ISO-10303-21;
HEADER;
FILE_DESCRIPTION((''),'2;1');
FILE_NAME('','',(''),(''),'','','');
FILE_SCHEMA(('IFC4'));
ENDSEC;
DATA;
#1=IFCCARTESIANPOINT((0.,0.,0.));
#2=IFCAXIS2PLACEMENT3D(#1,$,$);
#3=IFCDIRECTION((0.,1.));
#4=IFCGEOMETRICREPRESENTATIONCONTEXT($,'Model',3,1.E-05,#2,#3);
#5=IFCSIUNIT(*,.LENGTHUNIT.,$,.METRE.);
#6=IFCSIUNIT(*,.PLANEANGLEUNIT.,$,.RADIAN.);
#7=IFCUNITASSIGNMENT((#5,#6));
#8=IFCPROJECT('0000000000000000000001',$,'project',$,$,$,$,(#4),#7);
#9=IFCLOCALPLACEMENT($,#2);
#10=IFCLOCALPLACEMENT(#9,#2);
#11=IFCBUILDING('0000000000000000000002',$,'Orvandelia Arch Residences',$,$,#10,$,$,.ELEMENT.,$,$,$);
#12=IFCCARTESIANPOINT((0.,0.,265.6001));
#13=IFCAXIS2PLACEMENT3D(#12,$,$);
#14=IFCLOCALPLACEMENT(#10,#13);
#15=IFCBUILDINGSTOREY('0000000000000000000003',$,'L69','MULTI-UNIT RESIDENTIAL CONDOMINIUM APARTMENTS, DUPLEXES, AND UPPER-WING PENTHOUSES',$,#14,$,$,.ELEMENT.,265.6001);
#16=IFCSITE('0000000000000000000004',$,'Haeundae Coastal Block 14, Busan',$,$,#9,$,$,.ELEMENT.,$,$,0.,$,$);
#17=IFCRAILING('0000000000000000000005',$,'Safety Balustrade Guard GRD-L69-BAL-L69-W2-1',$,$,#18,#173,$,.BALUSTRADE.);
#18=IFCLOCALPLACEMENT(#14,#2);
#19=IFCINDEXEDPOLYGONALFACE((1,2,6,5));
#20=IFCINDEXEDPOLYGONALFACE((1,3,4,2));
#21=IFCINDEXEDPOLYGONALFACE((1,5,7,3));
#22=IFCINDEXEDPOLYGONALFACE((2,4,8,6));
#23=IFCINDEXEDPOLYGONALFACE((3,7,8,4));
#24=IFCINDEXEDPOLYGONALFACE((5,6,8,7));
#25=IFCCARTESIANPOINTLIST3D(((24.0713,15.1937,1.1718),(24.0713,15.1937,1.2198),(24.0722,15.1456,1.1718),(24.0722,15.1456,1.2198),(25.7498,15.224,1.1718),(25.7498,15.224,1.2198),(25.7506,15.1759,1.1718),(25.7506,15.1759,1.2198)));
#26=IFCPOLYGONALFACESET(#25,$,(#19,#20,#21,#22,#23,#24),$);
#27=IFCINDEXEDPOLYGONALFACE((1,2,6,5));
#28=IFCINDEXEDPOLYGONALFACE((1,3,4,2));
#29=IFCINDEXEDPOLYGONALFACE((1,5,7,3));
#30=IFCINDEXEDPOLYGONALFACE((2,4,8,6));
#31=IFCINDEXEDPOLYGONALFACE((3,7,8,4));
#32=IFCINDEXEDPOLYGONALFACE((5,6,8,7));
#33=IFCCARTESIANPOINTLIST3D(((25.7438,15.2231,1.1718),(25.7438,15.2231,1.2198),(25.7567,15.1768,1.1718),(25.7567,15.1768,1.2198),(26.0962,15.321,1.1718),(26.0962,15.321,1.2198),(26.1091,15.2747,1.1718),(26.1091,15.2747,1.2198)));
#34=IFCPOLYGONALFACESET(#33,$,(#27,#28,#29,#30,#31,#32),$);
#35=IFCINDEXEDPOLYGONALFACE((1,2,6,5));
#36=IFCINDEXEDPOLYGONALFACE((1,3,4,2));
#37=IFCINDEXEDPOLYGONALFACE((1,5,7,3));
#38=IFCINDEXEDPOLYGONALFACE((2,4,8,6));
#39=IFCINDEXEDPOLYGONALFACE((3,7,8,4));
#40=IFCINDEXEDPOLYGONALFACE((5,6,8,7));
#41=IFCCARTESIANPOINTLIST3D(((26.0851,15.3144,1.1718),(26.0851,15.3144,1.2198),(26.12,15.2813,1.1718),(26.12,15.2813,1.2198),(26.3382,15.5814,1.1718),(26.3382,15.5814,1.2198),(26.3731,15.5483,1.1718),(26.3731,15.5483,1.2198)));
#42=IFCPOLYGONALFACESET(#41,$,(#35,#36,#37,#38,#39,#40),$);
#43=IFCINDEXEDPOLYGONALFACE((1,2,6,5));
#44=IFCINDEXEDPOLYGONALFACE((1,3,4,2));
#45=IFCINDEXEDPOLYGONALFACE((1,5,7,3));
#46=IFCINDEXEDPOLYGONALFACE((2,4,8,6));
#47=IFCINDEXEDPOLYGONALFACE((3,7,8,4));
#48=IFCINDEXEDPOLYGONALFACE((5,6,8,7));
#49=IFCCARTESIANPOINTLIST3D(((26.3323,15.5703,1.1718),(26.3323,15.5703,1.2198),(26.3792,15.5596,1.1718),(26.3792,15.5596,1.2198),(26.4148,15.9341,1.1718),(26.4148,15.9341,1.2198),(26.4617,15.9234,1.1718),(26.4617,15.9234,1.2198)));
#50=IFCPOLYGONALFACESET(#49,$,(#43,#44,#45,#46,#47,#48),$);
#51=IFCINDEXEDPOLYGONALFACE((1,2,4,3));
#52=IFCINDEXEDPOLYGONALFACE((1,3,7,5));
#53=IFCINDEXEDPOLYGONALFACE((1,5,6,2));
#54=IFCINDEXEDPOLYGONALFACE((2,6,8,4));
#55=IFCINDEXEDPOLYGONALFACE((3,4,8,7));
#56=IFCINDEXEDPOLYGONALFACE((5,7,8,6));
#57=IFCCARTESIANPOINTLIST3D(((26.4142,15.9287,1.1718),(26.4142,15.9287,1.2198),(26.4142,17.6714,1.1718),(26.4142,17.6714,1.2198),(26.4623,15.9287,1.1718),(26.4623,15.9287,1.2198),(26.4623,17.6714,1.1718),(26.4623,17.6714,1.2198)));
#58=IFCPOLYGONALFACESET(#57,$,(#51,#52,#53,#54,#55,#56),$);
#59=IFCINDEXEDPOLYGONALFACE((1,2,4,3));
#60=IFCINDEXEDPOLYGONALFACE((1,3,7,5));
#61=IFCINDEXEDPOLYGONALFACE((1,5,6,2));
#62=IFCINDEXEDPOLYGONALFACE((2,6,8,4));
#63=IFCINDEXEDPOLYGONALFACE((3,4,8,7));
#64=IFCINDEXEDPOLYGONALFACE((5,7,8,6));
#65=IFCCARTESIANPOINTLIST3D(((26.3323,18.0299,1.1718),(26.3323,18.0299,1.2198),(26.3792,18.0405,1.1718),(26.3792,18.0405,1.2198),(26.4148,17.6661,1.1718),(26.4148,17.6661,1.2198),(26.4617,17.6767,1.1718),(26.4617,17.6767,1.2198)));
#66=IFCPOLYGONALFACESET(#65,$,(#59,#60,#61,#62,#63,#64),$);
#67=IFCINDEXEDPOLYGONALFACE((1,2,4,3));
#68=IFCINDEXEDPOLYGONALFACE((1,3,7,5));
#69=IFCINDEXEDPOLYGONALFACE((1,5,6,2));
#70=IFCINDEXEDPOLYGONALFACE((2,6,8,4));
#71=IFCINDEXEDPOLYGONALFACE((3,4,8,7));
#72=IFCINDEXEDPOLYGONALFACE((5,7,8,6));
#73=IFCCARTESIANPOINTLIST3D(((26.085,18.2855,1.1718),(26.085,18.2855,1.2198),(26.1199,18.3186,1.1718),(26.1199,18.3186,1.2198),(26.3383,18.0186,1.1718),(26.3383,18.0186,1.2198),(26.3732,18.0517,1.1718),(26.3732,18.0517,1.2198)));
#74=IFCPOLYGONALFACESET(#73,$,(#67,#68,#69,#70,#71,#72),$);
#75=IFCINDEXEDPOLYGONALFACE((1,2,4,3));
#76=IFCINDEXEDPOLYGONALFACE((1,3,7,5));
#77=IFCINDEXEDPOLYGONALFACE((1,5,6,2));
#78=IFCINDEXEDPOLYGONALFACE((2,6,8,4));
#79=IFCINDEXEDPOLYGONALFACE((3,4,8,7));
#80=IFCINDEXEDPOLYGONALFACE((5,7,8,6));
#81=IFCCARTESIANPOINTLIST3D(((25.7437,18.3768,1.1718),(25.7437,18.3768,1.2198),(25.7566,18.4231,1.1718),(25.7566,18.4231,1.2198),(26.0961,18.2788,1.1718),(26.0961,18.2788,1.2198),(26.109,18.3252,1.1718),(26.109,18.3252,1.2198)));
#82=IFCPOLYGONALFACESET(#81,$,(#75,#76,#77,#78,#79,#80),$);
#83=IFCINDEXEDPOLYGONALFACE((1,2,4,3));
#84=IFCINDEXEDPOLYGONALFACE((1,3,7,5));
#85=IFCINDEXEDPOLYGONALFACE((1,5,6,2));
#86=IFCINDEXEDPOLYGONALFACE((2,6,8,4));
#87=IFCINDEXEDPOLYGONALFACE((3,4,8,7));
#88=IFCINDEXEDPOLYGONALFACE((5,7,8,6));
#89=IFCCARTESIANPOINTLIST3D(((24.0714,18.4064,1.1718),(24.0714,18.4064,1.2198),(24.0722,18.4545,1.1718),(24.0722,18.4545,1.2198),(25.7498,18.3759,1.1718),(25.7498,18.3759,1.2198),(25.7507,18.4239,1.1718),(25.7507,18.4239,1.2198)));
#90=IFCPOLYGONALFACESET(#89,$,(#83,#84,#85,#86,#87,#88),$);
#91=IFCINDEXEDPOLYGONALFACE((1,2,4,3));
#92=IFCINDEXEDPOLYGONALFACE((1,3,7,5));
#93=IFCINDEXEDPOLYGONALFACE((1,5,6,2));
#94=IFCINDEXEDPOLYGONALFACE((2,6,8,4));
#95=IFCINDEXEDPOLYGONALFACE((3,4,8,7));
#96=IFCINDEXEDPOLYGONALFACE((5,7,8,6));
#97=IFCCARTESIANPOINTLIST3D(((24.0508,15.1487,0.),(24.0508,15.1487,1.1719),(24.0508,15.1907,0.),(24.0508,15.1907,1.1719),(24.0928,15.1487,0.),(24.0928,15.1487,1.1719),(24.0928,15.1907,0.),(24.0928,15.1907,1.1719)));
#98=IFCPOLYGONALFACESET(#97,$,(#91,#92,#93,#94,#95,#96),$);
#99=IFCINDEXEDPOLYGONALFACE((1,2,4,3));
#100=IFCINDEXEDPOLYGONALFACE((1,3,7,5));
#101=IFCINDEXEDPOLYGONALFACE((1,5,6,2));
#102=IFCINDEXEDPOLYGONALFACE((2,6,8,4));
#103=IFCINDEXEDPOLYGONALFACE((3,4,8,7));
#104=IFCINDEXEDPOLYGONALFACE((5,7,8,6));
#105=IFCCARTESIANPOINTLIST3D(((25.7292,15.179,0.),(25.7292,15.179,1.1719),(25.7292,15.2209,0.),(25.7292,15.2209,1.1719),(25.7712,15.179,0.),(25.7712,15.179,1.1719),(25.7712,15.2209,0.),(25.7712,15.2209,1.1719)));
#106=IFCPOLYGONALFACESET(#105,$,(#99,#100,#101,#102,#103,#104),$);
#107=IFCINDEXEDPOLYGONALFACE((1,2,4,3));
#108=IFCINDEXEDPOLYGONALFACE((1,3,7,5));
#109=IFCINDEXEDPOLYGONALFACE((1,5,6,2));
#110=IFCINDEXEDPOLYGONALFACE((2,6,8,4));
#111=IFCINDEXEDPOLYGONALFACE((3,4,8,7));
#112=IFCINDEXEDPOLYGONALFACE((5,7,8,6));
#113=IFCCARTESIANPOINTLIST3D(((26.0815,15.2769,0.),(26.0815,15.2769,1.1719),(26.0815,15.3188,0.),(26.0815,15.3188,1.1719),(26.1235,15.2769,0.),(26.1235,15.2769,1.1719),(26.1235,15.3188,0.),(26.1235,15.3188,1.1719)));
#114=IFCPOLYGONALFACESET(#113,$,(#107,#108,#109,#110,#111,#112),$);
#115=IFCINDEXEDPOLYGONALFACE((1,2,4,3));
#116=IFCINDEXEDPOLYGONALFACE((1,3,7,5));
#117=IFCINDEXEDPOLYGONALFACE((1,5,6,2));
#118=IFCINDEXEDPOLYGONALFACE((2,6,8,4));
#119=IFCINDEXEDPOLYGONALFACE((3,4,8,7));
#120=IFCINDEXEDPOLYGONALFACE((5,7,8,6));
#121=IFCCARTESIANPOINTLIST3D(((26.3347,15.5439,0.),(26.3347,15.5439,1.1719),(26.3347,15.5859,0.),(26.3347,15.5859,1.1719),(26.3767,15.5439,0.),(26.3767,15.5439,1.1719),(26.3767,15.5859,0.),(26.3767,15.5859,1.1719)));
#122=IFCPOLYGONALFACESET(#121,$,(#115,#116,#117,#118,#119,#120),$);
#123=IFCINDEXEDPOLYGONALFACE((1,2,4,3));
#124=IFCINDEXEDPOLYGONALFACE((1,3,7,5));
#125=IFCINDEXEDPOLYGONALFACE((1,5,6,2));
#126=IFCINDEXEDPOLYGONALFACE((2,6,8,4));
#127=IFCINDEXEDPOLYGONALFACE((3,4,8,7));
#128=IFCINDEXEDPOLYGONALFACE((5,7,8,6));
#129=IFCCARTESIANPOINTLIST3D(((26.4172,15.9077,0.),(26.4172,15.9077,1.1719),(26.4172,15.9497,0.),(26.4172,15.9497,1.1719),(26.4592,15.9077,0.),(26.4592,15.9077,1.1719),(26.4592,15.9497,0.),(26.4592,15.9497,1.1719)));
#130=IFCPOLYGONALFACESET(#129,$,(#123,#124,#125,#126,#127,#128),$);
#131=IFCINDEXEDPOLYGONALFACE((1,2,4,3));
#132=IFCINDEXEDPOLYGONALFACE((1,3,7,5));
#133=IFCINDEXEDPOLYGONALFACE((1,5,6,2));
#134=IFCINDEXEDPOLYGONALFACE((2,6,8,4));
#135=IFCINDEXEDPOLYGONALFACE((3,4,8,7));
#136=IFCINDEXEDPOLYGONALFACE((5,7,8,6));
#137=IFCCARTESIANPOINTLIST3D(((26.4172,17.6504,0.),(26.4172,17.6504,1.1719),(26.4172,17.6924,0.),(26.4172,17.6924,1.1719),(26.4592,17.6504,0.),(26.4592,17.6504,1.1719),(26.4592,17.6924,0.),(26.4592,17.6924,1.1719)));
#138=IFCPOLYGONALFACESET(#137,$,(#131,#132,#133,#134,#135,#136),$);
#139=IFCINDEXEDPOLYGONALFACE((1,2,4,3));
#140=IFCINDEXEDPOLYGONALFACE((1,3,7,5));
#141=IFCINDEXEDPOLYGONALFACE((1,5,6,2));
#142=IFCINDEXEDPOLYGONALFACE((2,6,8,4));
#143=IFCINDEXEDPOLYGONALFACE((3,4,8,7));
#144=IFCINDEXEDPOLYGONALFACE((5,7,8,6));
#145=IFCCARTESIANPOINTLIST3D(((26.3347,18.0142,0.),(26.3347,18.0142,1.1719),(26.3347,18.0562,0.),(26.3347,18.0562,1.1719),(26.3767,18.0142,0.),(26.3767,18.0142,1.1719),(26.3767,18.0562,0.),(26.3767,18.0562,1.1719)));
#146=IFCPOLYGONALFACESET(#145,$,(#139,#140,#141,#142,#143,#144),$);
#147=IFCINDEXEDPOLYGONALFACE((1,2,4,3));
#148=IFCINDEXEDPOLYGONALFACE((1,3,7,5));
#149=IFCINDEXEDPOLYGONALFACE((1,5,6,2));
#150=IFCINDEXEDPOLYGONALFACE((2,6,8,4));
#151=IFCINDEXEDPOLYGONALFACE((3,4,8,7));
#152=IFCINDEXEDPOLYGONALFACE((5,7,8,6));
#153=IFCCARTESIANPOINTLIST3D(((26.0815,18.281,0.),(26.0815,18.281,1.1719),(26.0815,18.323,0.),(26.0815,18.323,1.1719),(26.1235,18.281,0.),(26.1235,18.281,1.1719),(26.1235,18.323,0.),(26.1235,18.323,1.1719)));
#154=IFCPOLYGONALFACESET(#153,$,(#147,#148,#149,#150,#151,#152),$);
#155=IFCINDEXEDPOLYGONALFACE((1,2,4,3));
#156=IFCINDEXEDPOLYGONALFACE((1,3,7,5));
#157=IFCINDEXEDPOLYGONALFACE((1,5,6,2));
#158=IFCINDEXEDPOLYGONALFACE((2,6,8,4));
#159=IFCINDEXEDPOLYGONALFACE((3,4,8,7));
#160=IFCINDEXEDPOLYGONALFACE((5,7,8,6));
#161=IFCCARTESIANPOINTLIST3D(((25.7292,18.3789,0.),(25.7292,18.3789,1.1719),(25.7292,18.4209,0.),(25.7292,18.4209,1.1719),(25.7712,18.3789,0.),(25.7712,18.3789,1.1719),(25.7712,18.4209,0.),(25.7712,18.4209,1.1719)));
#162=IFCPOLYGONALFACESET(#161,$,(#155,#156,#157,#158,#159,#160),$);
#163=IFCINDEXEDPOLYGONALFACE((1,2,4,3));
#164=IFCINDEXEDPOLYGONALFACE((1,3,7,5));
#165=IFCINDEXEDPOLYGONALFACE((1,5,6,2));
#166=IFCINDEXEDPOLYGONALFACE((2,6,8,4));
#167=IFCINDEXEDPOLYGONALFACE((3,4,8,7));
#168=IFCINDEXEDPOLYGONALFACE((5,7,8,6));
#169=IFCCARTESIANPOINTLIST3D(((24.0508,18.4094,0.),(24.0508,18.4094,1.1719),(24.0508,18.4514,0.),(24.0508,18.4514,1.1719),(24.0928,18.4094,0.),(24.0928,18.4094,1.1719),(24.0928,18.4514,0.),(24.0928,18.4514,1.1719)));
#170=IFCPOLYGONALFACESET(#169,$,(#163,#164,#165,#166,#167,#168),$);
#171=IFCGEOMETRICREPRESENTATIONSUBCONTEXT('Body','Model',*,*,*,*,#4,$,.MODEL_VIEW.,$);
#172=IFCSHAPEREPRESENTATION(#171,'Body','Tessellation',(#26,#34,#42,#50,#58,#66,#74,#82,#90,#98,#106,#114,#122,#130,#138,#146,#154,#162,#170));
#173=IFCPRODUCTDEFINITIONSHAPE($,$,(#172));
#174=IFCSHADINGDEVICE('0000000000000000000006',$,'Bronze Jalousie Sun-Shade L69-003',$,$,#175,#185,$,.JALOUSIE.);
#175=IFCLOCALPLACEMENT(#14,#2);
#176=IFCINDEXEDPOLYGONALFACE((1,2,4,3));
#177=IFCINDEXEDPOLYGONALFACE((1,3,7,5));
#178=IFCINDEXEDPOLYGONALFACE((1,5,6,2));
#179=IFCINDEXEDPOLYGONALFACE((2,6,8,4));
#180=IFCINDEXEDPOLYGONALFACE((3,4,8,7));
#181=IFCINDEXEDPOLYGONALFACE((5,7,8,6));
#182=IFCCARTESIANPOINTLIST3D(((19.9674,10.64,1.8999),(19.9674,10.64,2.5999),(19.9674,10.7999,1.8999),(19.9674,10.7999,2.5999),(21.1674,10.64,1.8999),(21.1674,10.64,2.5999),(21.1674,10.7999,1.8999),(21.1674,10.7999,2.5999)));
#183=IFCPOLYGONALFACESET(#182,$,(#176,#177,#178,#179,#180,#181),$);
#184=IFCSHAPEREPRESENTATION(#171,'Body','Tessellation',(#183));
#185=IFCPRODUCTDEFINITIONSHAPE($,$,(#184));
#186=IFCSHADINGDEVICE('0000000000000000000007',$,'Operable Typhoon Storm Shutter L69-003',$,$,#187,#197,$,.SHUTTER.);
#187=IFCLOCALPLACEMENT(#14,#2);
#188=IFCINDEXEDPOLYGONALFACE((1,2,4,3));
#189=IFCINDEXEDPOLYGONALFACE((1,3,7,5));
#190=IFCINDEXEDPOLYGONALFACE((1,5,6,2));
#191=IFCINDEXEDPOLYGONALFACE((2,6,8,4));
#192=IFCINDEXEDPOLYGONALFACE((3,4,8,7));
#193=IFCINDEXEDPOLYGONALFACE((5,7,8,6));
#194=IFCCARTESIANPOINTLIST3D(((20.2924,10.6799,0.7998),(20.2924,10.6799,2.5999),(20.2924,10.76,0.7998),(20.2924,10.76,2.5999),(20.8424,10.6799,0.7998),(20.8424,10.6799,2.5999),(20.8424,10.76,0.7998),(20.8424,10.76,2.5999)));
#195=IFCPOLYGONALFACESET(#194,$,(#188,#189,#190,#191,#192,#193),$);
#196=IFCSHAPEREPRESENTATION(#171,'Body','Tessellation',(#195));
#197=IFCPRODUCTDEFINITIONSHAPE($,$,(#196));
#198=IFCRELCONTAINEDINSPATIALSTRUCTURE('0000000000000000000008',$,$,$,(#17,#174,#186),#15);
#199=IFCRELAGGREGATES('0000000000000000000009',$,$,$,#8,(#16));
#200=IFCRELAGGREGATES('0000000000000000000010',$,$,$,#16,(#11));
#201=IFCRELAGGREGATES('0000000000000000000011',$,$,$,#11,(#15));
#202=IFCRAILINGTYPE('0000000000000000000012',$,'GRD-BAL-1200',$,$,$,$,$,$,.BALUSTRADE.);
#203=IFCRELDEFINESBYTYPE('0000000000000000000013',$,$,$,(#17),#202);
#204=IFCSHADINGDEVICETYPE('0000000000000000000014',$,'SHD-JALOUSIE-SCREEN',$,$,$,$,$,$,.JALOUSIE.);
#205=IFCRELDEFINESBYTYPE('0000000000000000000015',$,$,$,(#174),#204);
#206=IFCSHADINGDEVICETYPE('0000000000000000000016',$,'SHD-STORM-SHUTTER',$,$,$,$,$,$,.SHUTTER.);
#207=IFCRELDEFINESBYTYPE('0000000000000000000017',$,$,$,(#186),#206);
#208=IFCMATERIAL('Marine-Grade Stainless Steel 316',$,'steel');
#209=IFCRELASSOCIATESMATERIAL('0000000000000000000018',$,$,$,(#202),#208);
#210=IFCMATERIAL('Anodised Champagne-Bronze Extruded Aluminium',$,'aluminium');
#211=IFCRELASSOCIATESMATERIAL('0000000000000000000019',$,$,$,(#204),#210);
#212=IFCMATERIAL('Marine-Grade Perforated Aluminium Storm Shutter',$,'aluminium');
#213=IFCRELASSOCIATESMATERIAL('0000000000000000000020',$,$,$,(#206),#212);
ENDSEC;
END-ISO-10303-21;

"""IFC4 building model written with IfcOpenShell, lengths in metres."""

from ifc_helpers import new_model, si_unit, direction, frame, origin, origin_2d, place, context, subcontext, project, spatial, rectangle, extrude, material, type_object, element, save


model = new_model("IFC4")

# Units and contexts
model_context = context("Model", 3, precision=1e-05, world=origin(), true_north=direction((0.0, 1.0)))
body_context = subcontext(model_context, "Body", "Model", "MODEL_VIEW")
ifc_project = project(units=[si_unit("LENGTHUNIT", "METRE"), si_unit("PLANEANGLEUNIT", "RADIAN")], contexts=[model_context])

# Site, building, storey
site_placement = place(None, origin())
site = spatial("IfcSite", under=ifc_project, at=site_placement, Name="Haeundae Coastal Block 14, Busan", CompositionType="ELEMENT", RefElevation=0.0)
building_placement = place(site_placement, origin())
building = spatial("IfcBuilding", under=site, at=building_placement, Name="Orvandelia Arch Residences", CompositionType="ELEMENT")
storey_placement = place(building_placement, frame((0.0, 0.0, 265.6001)))
storey = spatial("IfcBuildingStorey", under=building, at=storey_placement, Name="L69", Description="MULTI-UNIT RESIDENTIAL CONDOMINIUM APARTMENTS, DUPLEXES, AND UPPER-WING PENTHOUSES", CompositionType="ELEMENT", Elevation=265.6001)

# Railing
ifc_material_1 = material(Name="Marine-Grade Stainless Steel 316", Category="steel")
railing_type = type_object("IfcRailingType", Name="GRD-BAL-1200", PredefinedType="BALUSTRADE", material=ifc_material_1)
railing_placement = place(storey_placement, frame((24.0718, 15.1697, 0.0)))
element("IfcRailing", 1, at=railing_placement, inside=storey, type_object=railing_type, Name="Safety Balustrade Guard GRD-L69-BAL-L69-W2-1", PredefinedType="BALUSTRADE", context=body_context, shape_type="SweptSolid", body=[
    extrude(rectangle(XDim=0.0481, YDim=0.0481, at=origin_2d()), frame((0.0, 0.0, 1.1958), z_axis=(0.999837, 0.018033, 0.0), x_axis=(-0.018033, 0.999837, 0.0)), (0.0, 0.0, 1.0), 1.6787),
    extrude(rectangle(XDim=0.0481, YDim=0.0481, at=origin_2d()), frame((1.6785, 0.0303, 1.1958), z_axis=(0.963489, 0.267747, 0.0), x_axis=(-0.267747, 0.963489, 0.0)), (0.0, 0.0, 1.0), 0.3657),
    extrude(rectangle(XDim=0.0481, YDim=0.0481, at=origin_2d()), frame((2.0308, 0.1282, 1.1958), z_axis=(0.687947, 0.725761, 0.0), x_axis=(-0.725761, 0.687947, 0.0)), (0.0, 0.0, 1.0), 0.3679),
    extrude(rectangle(XDim=0.0481, YDim=0.0481, at=origin_2d()), frame((2.2839, 0.3953, 1.1958), z_axis=(0.221225, 0.975223, 0.0), x_axis=(-0.975223, 0.221225, 0.0)), (0.0, 0.0, 1.0), 0.373),
    extrude(rectangle(XDim=0.0481, YDim=0.0481, at=origin_2d()), frame((2.3665, 0.759, 1.1958), z_axis=(0.0, 1.0, 0.0), x_axis=(-1.0, 0.0, 0.0)), (0.0, 0.0, 1.0), 1.7427),
    extrude(rectangle(XDim=0.0481, YDim=0.0481, at=origin_2d()), frame((2.3665, 2.5017, 1.1958), z_axis=(-0.221225, 0.975223, 0.0), x_axis=(-0.975223, -0.221225, 0.0)), (0.0, 0.0, 1.0), 0.373),
    extrude(rectangle(XDim=0.0481, YDim=0.0481, at=origin_2d()), frame((2.2839, 2.8655, 1.1958), z_axis=(-0.688278, 0.725447, 0.0), x_axis=(-0.725447, -0.688278, 0.0)), (0.0, 0.0, 1.0), 0.3679),
    extrude(rectangle(XDim=0.0481, YDim=0.0481, at=origin_2d()), frame((2.0308, 3.1323, 1.1958), z_axis=(-0.963489, 0.267747, 0.0), x_axis=(-0.267747, -0.963489, 0.0)), (0.0, 0.0, 1.0), 0.3657),
    extrude(rectangle(XDim=0.0481, YDim=0.0481, at=origin_2d()), frame((1.6785, 3.2302, 1.1958), z_axis=(-0.999835, 0.018179, 0.0), x_axis=(-0.018179, -0.999835, 0.0)), (0.0, 0.0, 1.0), 1.6787),
    extrude(rectangle(XDim=0.042, YDim=0.042, at=origin_2d()), origin(), (0.0, 0.0, 1.0), 1.1719),
    extrude(rectangle(XDim=0.042, YDim=0.042, at=origin_2d()), frame((1.6785, 0.0303, 0.0)), (0.0, 0.0, 1.0), 1.1719),
    extrude(rectangle(XDim=0.042, YDim=0.042, at=origin_2d()), frame((2.0308, 0.1282, 0.0)), (0.0, 0.0, 1.0), 1.1719),
    extrude(rectangle(XDim=0.042, YDim=0.042, at=origin_2d()), frame((2.2839, 0.3953, 0.0)), (0.0, 0.0, 1.0), 1.1719),
    extrude(rectangle(XDim=0.042, YDim=0.042, at=origin_2d()), frame((2.3665, 0.759, 0.0)), (0.0, 0.0, 1.0), 1.1719),
    extrude(rectangle(XDim=0.042, YDim=0.042, at=origin_2d()), frame((2.3665, 2.5017, 0.0)), (0.0, 0.0, 1.0), 1.1719),
    extrude(rectangle(XDim=0.042, YDim=0.042, at=origin_2d()), frame((2.2839, 2.8655, 0.0)), (0.0, 0.0, 1.0), 1.1719),
    extrude(rectangle(XDim=0.042, YDim=0.042, at=origin_2d()), frame((2.0308, 3.1323, 0.0)), (0.0, 0.0, 1.0), 1.1719),
    extrude(rectangle(XDim=0.042, YDim=0.042, at=origin_2d()), frame((1.6785, 3.2302, 0.0)), (0.0, 0.0, 1.0), 1.1719),
    extrude(rectangle(XDim=0.042, YDim=0.042, at=origin_2d()), frame((0.0, 3.2607, 0.0)), (0.0, 0.0, 1.0), 1.1719),
])

# Shading devices
ifc_material_2 = material(Name="Anodised Champagne-Bronze Extruded Aluminium", Category="aluminium")
shading_device_type_1 = type_object("IfcShadingDeviceType", Name="SHD-JALOUSIE-SCREEN", PredefinedType="JALOUSIE", material=ifc_material_2)
shading_device_1_placement = place(storey_placement, frame((20.5674, 10.72, 1.8999), z_axis=(0.0, 0.0, 1.0), x_axis=(-1.0, 0.0, 0.0)))
element("IfcShadingDevice", 2, at=shading_device_1_placement, inside=storey, type_object=shading_device_type_1, Name="Bronze Jalousie Sun-Shade L69-003", PredefinedType="JALOUSIE", context=body_context, shape_type="SweptSolid", body=[
    extrude(rectangle(XDim=1.2, YDim=0.1599, at=origin_2d()), origin(), (0.0, 0.0, 1.0), 0.7),
])
ifc_material_3 = material(Name="Marine-Grade Perforated Aluminium Storm Shutter", Category="aluminium")
shading_device_type_2 = type_object("IfcShadingDeviceType", Name="SHD-STORM-SHUTTER", PredefinedType="SHUTTER", material=ifc_material_3)
shading_device_2_placement = place(storey_placement, frame((20.5674, 10.72, 0.7998), z_axis=(0.0, 0.0, 1.0), x_axis=(-1.0, 0.0, 0.0)))
element("IfcShadingDevice", 3, at=shading_device_2_placement, inside=storey, type_object=shading_device_type_2, Name="Operable Typhoon Storm Shutter L69-003", PredefinedType="SHUTTER", context=body_context, shape_type="SweptSolid", body=[
    extrude(rectangle(XDim=0.55, YDim=0.0801, at=origin_2d()), origin(), (0.0, 0.0, 1.0), 1.8),
])

save(model, "model.ifc")
